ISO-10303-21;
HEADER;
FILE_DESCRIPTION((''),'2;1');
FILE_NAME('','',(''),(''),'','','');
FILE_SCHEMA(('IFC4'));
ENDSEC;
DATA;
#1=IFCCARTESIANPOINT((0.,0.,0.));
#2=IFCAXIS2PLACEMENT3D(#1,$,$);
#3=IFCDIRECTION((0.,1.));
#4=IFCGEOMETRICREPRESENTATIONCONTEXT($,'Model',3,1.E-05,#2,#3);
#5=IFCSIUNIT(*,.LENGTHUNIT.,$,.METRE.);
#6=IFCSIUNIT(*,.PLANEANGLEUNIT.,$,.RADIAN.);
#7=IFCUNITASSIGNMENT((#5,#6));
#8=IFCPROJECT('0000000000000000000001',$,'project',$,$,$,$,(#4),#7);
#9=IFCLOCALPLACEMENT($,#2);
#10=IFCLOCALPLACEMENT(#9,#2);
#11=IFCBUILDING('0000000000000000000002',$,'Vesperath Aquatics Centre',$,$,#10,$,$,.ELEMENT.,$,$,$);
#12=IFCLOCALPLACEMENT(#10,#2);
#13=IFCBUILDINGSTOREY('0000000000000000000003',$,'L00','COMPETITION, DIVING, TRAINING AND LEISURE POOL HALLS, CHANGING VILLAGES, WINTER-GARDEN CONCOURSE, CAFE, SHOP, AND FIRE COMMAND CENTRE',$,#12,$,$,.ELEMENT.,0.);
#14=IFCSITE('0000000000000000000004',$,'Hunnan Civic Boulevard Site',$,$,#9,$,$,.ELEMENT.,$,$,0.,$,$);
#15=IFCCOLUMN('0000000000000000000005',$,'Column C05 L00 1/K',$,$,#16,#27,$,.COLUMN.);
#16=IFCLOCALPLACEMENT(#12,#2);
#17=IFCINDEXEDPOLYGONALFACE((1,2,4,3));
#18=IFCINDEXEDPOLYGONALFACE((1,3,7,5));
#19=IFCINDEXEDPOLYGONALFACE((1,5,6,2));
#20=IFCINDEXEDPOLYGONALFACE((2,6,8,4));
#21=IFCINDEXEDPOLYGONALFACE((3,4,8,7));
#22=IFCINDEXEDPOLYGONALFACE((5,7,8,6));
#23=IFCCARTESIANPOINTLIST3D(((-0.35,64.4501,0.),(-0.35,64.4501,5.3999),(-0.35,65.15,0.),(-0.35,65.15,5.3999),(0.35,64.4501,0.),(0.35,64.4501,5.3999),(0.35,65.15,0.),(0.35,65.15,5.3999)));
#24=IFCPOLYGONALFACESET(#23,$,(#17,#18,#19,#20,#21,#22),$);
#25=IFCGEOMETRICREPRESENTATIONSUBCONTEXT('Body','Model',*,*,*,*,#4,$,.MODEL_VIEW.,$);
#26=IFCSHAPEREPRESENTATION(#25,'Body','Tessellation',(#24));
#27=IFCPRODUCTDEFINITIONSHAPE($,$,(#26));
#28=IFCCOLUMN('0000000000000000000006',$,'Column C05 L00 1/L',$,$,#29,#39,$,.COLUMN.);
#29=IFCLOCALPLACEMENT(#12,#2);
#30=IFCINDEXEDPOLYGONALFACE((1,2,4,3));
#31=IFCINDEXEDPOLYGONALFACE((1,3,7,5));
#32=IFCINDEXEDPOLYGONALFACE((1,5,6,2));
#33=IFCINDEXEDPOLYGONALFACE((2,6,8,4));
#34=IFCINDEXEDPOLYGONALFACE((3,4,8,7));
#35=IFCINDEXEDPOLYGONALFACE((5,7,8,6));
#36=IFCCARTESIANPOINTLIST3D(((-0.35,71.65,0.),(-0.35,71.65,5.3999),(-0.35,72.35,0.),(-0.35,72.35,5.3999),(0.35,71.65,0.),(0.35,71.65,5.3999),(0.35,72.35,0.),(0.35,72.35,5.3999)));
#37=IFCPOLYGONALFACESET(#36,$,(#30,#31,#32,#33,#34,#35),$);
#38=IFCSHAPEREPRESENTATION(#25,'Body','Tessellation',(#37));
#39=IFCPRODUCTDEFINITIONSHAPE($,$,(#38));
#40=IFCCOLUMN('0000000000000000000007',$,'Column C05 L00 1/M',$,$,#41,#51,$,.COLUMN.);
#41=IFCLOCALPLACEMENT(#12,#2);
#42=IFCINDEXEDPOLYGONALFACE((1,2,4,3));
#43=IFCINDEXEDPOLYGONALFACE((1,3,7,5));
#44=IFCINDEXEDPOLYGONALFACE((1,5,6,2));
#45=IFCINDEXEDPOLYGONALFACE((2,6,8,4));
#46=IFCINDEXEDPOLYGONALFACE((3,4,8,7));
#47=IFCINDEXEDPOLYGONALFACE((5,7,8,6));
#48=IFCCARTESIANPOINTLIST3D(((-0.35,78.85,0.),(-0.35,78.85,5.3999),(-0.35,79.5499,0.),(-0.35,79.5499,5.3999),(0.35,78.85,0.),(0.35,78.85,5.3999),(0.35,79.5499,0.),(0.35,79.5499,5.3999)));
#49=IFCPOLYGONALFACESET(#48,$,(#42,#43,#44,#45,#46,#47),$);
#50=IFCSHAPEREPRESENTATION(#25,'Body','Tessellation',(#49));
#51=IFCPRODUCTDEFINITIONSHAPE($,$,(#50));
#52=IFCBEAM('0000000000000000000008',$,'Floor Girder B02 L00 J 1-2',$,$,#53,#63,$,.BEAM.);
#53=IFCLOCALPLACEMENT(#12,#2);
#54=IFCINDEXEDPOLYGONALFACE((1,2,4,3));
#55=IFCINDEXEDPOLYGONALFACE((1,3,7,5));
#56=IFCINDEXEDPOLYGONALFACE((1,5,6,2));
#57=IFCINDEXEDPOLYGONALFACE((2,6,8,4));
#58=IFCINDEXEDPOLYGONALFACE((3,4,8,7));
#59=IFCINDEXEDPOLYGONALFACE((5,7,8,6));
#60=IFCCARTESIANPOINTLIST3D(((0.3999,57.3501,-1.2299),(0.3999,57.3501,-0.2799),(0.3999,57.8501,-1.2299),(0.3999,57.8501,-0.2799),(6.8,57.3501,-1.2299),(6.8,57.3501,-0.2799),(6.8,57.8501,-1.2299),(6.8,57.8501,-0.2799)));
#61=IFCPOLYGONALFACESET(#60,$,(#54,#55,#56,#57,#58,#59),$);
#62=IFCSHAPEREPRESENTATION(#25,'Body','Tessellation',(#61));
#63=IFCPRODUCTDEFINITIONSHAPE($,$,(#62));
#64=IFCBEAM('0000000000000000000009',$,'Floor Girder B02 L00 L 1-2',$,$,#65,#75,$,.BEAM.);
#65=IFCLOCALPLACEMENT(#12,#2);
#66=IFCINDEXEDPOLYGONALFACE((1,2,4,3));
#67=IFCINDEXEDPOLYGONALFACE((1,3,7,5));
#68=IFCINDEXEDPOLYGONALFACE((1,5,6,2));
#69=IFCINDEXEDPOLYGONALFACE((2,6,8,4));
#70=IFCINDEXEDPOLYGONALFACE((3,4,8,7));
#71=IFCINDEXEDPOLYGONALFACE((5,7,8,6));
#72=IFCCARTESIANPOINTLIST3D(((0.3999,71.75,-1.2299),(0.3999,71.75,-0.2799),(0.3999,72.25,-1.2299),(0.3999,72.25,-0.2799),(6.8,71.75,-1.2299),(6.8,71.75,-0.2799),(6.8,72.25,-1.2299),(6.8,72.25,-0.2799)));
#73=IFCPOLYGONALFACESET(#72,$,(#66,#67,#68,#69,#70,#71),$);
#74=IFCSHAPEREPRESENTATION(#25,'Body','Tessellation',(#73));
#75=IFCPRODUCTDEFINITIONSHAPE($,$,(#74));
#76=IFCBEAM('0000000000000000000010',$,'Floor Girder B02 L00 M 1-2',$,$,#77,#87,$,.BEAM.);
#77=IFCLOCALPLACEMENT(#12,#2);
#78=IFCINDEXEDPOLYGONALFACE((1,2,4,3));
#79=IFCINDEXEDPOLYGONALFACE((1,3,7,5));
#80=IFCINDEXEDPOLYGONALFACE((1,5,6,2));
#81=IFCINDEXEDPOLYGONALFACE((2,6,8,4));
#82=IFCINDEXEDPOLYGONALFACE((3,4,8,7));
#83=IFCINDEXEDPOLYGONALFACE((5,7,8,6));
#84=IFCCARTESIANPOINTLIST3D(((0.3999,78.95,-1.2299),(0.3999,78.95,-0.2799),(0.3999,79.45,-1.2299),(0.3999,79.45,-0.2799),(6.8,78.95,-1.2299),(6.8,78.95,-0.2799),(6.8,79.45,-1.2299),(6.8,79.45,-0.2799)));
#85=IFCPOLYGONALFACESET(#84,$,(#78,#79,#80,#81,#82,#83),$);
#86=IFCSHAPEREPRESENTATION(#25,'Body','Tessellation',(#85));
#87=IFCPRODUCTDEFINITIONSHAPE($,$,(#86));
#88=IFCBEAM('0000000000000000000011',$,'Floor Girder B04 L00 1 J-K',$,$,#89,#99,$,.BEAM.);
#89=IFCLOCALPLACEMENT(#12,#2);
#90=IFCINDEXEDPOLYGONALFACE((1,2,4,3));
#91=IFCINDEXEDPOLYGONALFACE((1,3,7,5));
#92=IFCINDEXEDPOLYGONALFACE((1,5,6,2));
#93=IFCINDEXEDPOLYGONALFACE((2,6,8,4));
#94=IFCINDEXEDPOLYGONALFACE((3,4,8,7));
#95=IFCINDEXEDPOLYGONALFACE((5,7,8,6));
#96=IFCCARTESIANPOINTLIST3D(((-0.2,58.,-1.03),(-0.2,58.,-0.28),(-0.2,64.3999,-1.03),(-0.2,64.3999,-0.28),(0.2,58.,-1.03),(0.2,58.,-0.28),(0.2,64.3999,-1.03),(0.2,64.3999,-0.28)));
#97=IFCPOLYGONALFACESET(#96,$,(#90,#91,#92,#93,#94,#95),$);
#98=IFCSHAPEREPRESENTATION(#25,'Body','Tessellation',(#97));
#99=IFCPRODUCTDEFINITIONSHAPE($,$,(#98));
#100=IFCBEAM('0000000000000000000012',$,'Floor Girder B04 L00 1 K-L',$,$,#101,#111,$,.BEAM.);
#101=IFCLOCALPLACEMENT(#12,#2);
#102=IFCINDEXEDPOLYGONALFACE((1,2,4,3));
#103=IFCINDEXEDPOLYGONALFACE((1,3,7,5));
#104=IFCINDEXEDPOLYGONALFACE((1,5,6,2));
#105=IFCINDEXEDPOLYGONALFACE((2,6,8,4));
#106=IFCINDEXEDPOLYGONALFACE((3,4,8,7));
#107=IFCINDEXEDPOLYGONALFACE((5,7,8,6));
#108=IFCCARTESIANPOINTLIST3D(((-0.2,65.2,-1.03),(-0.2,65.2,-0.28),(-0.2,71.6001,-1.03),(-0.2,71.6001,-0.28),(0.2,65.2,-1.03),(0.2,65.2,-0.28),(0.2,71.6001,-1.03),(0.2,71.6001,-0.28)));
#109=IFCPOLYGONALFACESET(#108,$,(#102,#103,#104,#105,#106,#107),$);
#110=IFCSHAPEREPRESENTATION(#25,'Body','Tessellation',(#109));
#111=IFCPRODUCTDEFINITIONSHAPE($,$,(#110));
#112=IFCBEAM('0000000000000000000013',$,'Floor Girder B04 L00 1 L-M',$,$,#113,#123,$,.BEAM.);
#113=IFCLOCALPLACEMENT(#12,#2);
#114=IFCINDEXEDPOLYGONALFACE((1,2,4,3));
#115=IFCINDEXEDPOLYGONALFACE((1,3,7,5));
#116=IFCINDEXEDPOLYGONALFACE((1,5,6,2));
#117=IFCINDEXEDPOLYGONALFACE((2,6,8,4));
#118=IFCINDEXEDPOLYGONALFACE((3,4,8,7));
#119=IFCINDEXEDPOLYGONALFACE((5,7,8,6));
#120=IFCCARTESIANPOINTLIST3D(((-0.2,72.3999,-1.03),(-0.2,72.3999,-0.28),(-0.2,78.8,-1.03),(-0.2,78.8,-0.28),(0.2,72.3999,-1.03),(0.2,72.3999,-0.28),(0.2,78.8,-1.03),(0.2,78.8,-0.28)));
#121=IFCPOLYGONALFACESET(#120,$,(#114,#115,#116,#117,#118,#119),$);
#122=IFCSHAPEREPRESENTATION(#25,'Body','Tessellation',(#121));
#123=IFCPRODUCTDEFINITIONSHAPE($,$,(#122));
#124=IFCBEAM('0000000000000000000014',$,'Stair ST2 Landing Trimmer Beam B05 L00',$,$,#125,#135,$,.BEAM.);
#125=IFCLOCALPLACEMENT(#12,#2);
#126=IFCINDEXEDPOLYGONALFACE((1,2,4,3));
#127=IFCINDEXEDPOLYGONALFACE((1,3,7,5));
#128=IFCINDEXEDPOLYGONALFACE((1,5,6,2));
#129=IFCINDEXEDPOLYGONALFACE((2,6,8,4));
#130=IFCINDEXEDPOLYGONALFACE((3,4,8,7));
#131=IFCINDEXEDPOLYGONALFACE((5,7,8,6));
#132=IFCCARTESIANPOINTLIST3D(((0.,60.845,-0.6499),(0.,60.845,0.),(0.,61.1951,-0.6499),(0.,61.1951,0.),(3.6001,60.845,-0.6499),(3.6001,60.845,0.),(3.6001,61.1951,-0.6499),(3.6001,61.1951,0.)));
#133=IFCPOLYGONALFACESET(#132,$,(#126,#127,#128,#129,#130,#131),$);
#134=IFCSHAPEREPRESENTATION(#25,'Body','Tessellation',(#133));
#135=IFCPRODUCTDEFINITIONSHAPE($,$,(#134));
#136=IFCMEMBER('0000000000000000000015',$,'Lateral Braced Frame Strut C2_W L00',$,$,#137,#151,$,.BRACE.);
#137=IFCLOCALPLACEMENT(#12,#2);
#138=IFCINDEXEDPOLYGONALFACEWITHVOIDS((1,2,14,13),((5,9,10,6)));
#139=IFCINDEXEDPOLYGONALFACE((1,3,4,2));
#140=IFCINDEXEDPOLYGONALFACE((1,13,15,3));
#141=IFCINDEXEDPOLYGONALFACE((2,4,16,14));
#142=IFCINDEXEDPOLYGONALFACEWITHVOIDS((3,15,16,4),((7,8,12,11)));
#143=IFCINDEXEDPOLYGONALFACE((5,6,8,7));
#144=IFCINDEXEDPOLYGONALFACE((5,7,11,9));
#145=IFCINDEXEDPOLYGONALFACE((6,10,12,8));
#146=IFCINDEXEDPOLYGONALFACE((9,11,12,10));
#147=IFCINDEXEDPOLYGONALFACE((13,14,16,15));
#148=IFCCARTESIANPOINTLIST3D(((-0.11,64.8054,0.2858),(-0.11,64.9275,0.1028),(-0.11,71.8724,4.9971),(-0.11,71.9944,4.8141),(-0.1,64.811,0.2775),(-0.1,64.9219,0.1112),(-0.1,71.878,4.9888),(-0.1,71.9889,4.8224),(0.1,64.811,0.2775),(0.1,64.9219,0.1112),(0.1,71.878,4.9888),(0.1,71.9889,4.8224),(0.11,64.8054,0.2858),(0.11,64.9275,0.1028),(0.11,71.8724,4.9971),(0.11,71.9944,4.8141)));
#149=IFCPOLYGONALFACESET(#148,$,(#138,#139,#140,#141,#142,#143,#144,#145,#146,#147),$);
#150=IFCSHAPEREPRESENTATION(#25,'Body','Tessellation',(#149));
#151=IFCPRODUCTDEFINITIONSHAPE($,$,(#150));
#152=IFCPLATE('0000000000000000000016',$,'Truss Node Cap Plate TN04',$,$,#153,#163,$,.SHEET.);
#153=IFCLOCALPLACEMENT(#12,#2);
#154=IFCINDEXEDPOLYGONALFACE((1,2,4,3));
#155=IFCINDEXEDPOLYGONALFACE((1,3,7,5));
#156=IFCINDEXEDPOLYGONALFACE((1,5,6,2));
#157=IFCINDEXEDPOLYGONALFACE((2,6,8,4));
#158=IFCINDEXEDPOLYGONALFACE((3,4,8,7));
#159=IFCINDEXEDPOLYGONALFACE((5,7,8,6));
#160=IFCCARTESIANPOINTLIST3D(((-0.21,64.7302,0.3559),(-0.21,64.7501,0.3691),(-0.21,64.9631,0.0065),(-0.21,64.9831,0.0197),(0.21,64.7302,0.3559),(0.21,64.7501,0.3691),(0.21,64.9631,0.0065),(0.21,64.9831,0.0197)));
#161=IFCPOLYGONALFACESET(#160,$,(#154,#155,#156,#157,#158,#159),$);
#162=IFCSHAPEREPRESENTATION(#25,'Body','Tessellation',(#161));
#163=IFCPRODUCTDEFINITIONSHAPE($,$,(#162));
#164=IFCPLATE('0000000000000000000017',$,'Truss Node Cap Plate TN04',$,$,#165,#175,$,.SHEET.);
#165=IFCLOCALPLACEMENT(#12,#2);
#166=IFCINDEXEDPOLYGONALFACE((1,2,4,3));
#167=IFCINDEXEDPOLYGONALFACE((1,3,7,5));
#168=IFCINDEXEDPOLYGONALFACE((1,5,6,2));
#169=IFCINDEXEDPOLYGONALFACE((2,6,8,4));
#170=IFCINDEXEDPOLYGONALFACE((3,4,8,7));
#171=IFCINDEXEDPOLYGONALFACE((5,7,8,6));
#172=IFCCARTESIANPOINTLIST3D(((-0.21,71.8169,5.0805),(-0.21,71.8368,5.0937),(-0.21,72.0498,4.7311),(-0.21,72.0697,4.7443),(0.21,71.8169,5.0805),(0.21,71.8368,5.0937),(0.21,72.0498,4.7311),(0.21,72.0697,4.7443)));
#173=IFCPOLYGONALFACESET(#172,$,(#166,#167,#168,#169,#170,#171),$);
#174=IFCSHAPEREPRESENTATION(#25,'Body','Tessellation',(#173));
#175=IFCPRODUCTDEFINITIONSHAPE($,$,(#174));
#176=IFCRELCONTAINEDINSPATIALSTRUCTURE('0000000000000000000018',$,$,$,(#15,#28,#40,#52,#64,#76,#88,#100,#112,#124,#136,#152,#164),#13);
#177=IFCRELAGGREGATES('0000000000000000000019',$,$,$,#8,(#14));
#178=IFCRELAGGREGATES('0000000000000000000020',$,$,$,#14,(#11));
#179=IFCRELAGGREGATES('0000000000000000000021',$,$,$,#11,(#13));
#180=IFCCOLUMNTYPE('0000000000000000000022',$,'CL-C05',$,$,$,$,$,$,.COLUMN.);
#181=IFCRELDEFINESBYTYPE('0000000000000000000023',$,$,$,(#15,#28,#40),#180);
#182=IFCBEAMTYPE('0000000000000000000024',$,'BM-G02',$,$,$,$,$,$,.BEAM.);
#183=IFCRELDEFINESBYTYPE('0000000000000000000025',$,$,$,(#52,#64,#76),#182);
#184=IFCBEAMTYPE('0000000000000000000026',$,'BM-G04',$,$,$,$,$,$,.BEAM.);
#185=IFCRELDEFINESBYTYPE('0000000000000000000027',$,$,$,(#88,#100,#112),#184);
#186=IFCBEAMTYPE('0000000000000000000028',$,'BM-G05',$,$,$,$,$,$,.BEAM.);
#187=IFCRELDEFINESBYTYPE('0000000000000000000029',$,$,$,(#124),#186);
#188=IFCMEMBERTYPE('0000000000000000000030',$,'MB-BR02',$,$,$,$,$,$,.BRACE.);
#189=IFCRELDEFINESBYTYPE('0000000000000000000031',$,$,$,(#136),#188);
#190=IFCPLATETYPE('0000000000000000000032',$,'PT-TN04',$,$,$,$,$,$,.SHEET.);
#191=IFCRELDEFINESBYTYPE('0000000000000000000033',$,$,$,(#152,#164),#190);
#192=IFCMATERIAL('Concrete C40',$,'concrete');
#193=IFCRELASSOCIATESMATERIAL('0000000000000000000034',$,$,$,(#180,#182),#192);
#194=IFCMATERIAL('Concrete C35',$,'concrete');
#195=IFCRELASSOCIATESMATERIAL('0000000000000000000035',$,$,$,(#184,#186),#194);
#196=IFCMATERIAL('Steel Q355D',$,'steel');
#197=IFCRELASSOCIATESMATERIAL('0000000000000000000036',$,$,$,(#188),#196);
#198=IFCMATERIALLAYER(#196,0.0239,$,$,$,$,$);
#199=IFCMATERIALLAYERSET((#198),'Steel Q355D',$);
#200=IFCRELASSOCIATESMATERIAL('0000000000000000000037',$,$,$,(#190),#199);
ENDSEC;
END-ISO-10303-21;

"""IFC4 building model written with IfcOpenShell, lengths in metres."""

from ifc_helpers import new_model, si_unit, direction, frame, origin, origin_2d, place, context, subcontext, project, spatial, rectangle, hollow_rectangle, extrude, material, layer, layer_set, material_profile, profile_set, type_object, element, save


model = new_model("IFC4")

# Units and contexts
model_context = context("Model", 3, precision=1e-05, world=origin(), true_north=direction((0.0, 1.0)))
body_context = subcontext(model_context, "Body", "Model", "MODEL_VIEW")
ifc_project = project(units=[si_unit("LENGTHUNIT", "METRE"), si_unit("PLANEANGLEUNIT", "RADIAN")], contexts=[model_context])

# Site, building, storey
site_placement = place(None, origin())
site = spatial("IfcSite", under=ifc_project, at=site_placement, Name="Hunnan Civic Boulevard Site", CompositionType="ELEMENT", RefElevation=0.0)
building_placement = place(site_placement, origin())
building = spatial("IfcBuilding", under=site, at=building_placement, Name="Vesperath Aquatics Centre", CompositionType="ELEMENT")
storey_placement = place(building_placement, origin())
storey = spatial("IfcBuildingStorey", under=building, at=storey_placement, Name="L00", Description="COMPETITION, DIVING, TRAINING AND LEISURE POOL HALLS, CHANGING VILLAGES, WINTER-GARDEN CONCOURSE, CAFE, SHOP, AND FIRE COMMAND CENTRE", CompositionType="ELEMENT", Elevation=0.0)

# Columns
ifc_material_1 = material(Name="Concrete C40", Category="concrete")
ifc_material_profile_1 = material_profile(ifc_material_1, rectangle(XDim=0.7, YDim=0.7, at=origin_2d()), Name="RC 700x700")
ifc_profile_set_1 = profile_set([ifc_material_profile_1], Name="Concrete C40")
column_type = type_object("IfcColumnType", Name="CL-C05", PredefinedType="COLUMN", material=ifc_profile_set_1)
for number, where, z_axis, x_axis, name in (
    (1, (0.0, 64.8, 0.0), (0.0, 0.0, 1.0), (1.0, 0.0, 0.0), "Column C05 L00 1/K"),
    (2, (0.0, 72.0, 0.0), (0.0, 0.0, 1.0), (1.0, 0.0, 0.0), "Column C05 L00 1/L"),
    (3, (0.0, 79.2, 0.0), (0.0, 0.0, 1.0), (1.0, 0.0, 0.0), "Column C05 L00 1/M"),
):
    element("IfcColumn", number, at=place(storey_placement, frame(where, z_axis=z_axis, x_axis=x_axis)), inside=storey, type_object=column_type, Name=name, PredefinedType="COLUMN", context=body_context, shape_type="SweptSolid", body=[
        extrude(rectangle(XDim=0.7, YDim=0.7, at=origin_2d()), origin(), (0.0, 0.0, 1.0), 5.3999),
    ])

# Beams
ifc_material_profile_2 = material_profile(ifc_material_1, rectangle(XDim=0.5, YDim=0.95, at=origin_2d()), Name="RC 500x950")
ifc_profile_set_2 = profile_set([ifc_material_profile_2], Name="Concrete C40")
beam_type_1 = type_object("IfcBeamType", Name="BM-G02", PredefinedType="BEAM", material=ifc_profile_set_2)
for number, where, z_axis, x_axis, name in (
    (4, (0.3999, 57.6001, -0.7549), (1.0, 0.0, 0.0), (0.0, 1.0, 0.0), "Floor Girder B02 L00 J 1-2"),
    (5, (0.3999, 72.0, -0.7549), (1.0, 0.0, 0.0), (0.0, 1.0, 0.0), "Floor Girder B02 L00 L 1-2"),
    (6, (0.3999, 79.2, -0.7549), (1.0, 0.0, 0.0), (0.0, 1.0, 0.0), "Floor Girder B02 L00 M 1-2"),
):
    element("IfcBeam", number, at=place(storey_placement, frame(where, z_axis=z_axis, x_axis=x_axis)), inside=storey, type_object=beam_type_1, Name=name, PredefinedType="BEAM", context=body_context, shape_type="SweptSolid", body=[
        extrude(rectangle(XDim=0.5, YDim=0.95, at=origin_2d()), origin(), (0.0, 0.0, 1.0), 6.4001),
    ])
ifc_material_2 = material(Name="Concrete C35", Category="concrete")
ifc_material_profile_3 = material_profile(ifc_material_2, rectangle(XDim=0.3999, YDim=0.75, at=origin_2d()), Name="RC 400x750")
ifc_profile_set_3 = profile_set([ifc_material_profile_3], Name="Concrete C35")
beam_type_2 = type_object("IfcBeamType", Name="BM-G04", PredefinedType="BEAM", material=ifc_profile_set_3)
beam_1_placement = place(storey_placement, frame((0.0, 58.0, -0.655), z_axis=(0.0, 1.0, 0.0), x_axis=(-1.0, 0.0, 0.0)))
element("IfcBeam", 7, at=beam_1_placement, inside=storey, type_object=beam_type_2, Name="Floor Girder B04 L00 1 J-K", PredefinedType="BEAM", context=body_context, shape_type="SweptSolid", body=[
    extrude(rectangle(XDim=0.3999, YDim=0.75, at=origin_2d()), origin(), (0.0, 0.0, 1.0), 6.3999),
])
for number, where, z_axis, x_axis, name in (
    (8, (0.0, 65.2, -0.655), (0.0, 1.0, 0.0), (-1.0, 0.0, 0.0), "Floor Girder B04 L00 1 K-L"),
    (9, (0.0, 72.3999, -0.655), (0.0, 1.0, 0.0), (-1.0, 0.0, 0.0), "Floor Girder B04 L00 1 L-M"),
):
    element("IfcBeam", number, at=place(storey_placement, frame(where, z_axis=z_axis, x_axis=x_axis)), inside=storey, type_object=beam_type_2, Name=name, PredefinedType="BEAM", context=body_context, shape_type="SweptSolid", body=[
        extrude(rectangle(XDim=0.3999, YDim=0.75, at=origin_2d()), origin(), (0.0, 0.0, 1.0), 6.4001),
    ])
ifc_material_profile_4 = material_profile(ifc_material_2, rectangle(XDim=0.3501, YDim=0.6499, at=origin_2d()), Name="RC 350x650")
ifc_profile_set_4 = profile_set([ifc_material_profile_4], Name="Concrete C35")
beam_type_3 = type_object("IfcBeamType", Name="BM-G05", PredefinedType="BEAM", material=ifc_profile_set_4)
beam_2_placement = place(storey_placement, frame((0.0, 61.02, -0.325), z_axis=(1.0, 0.0, 0.0), x_axis=(0.0, 1.0, 0.0)))
element("IfcBeam", 10, at=beam_2_placement, inside=storey, type_object=beam_type_3, Name="Stair ST2 Landing Trimmer Beam B05 L00", PredefinedType="BEAM", context=body_context, shape_type="SweptSolid", body=[
    extrude(rectangle(XDim=0.3501, YDim=0.6499, at=origin_2d()), origin(), (0.0, 0.0, 1.0), 3.6001),
])

# Member
ifc_material_3 = material(Name="Steel Q355D", Category="steel")
ifc_material_profile_5 = material_profile(ifc_material_3, hollow_rectangle(XDim=0.22, YDim=0.22, WallThickness=0.01, at=origin_2d()), Name="SHS 220x220x10")
ifc_profile_set_5 = profile_set([ifc_material_profile_5], Name="Steel Q355D")
member_type = type_object("IfcMemberType", Name="MB-BR02", PredefinedType="BRACE", material=ifc_profile_set_5)
member_placement = place(storey_placement, frame((0.0, 64.8665, 0.1943), z_axis=(0.0, 0.832055, 0.554694), x_axis=(-1.0, 0.0, 0.0)))
element("IfcMember", 11, at=member_placement, inside=storey, type_object=member_type, Name="Lateral Braced Frame Strut C2_W L00", PredefinedType="BRACE", context=body_context, shape_type="SweptSolid", body=[
    extrude(hollow_rectangle(XDim=0.22, YDim=0.22, WallThickness=0.01, at=origin_2d()), origin(), (0.0, 0.0, 1.0), 8.4934),
])

# Plates
ifc_layer_1 = layer(ifc_material_3, 0.0239)
ifc_layer_set_1 = layer_set([ifc_layer_1], Name="Steel Q355D")
plate_type = type_object("IfcPlateType", Name="PT-TN04", PredefinedType="SHEET", material=ifc_layer_set_1)
for number, where, z_axis, x_axis, name in (
    (12, (0.0, 64.8467, 0.1812), (0.0, 0.83205, 0.5547), (-1.0, 0.0, 0.0), "Truss Node Cap Plate TN04"),
    (13, (0.0, 71.9333, 4.9058), (0.0, 0.83205, 0.5547), (-1.0, 0.0, 0.0), "Truss Node Cap Plate TN04"),
):
    element("IfcPlate", number, at=place(storey_placement, frame(where, z_axis=z_axis, x_axis=x_axis)), inside=storey, type_object=plate_type, Name=name, PredefinedType="SHEET", context=body_context, shape_type="SweptSolid", body=[
        extrude(rectangle(XDim=0.4199, YDim=0.4199, at=origin_2d()), origin(), (0.0, 0.0, 1.0), 0.0239),
    ])

save(model, "model.ifc")
